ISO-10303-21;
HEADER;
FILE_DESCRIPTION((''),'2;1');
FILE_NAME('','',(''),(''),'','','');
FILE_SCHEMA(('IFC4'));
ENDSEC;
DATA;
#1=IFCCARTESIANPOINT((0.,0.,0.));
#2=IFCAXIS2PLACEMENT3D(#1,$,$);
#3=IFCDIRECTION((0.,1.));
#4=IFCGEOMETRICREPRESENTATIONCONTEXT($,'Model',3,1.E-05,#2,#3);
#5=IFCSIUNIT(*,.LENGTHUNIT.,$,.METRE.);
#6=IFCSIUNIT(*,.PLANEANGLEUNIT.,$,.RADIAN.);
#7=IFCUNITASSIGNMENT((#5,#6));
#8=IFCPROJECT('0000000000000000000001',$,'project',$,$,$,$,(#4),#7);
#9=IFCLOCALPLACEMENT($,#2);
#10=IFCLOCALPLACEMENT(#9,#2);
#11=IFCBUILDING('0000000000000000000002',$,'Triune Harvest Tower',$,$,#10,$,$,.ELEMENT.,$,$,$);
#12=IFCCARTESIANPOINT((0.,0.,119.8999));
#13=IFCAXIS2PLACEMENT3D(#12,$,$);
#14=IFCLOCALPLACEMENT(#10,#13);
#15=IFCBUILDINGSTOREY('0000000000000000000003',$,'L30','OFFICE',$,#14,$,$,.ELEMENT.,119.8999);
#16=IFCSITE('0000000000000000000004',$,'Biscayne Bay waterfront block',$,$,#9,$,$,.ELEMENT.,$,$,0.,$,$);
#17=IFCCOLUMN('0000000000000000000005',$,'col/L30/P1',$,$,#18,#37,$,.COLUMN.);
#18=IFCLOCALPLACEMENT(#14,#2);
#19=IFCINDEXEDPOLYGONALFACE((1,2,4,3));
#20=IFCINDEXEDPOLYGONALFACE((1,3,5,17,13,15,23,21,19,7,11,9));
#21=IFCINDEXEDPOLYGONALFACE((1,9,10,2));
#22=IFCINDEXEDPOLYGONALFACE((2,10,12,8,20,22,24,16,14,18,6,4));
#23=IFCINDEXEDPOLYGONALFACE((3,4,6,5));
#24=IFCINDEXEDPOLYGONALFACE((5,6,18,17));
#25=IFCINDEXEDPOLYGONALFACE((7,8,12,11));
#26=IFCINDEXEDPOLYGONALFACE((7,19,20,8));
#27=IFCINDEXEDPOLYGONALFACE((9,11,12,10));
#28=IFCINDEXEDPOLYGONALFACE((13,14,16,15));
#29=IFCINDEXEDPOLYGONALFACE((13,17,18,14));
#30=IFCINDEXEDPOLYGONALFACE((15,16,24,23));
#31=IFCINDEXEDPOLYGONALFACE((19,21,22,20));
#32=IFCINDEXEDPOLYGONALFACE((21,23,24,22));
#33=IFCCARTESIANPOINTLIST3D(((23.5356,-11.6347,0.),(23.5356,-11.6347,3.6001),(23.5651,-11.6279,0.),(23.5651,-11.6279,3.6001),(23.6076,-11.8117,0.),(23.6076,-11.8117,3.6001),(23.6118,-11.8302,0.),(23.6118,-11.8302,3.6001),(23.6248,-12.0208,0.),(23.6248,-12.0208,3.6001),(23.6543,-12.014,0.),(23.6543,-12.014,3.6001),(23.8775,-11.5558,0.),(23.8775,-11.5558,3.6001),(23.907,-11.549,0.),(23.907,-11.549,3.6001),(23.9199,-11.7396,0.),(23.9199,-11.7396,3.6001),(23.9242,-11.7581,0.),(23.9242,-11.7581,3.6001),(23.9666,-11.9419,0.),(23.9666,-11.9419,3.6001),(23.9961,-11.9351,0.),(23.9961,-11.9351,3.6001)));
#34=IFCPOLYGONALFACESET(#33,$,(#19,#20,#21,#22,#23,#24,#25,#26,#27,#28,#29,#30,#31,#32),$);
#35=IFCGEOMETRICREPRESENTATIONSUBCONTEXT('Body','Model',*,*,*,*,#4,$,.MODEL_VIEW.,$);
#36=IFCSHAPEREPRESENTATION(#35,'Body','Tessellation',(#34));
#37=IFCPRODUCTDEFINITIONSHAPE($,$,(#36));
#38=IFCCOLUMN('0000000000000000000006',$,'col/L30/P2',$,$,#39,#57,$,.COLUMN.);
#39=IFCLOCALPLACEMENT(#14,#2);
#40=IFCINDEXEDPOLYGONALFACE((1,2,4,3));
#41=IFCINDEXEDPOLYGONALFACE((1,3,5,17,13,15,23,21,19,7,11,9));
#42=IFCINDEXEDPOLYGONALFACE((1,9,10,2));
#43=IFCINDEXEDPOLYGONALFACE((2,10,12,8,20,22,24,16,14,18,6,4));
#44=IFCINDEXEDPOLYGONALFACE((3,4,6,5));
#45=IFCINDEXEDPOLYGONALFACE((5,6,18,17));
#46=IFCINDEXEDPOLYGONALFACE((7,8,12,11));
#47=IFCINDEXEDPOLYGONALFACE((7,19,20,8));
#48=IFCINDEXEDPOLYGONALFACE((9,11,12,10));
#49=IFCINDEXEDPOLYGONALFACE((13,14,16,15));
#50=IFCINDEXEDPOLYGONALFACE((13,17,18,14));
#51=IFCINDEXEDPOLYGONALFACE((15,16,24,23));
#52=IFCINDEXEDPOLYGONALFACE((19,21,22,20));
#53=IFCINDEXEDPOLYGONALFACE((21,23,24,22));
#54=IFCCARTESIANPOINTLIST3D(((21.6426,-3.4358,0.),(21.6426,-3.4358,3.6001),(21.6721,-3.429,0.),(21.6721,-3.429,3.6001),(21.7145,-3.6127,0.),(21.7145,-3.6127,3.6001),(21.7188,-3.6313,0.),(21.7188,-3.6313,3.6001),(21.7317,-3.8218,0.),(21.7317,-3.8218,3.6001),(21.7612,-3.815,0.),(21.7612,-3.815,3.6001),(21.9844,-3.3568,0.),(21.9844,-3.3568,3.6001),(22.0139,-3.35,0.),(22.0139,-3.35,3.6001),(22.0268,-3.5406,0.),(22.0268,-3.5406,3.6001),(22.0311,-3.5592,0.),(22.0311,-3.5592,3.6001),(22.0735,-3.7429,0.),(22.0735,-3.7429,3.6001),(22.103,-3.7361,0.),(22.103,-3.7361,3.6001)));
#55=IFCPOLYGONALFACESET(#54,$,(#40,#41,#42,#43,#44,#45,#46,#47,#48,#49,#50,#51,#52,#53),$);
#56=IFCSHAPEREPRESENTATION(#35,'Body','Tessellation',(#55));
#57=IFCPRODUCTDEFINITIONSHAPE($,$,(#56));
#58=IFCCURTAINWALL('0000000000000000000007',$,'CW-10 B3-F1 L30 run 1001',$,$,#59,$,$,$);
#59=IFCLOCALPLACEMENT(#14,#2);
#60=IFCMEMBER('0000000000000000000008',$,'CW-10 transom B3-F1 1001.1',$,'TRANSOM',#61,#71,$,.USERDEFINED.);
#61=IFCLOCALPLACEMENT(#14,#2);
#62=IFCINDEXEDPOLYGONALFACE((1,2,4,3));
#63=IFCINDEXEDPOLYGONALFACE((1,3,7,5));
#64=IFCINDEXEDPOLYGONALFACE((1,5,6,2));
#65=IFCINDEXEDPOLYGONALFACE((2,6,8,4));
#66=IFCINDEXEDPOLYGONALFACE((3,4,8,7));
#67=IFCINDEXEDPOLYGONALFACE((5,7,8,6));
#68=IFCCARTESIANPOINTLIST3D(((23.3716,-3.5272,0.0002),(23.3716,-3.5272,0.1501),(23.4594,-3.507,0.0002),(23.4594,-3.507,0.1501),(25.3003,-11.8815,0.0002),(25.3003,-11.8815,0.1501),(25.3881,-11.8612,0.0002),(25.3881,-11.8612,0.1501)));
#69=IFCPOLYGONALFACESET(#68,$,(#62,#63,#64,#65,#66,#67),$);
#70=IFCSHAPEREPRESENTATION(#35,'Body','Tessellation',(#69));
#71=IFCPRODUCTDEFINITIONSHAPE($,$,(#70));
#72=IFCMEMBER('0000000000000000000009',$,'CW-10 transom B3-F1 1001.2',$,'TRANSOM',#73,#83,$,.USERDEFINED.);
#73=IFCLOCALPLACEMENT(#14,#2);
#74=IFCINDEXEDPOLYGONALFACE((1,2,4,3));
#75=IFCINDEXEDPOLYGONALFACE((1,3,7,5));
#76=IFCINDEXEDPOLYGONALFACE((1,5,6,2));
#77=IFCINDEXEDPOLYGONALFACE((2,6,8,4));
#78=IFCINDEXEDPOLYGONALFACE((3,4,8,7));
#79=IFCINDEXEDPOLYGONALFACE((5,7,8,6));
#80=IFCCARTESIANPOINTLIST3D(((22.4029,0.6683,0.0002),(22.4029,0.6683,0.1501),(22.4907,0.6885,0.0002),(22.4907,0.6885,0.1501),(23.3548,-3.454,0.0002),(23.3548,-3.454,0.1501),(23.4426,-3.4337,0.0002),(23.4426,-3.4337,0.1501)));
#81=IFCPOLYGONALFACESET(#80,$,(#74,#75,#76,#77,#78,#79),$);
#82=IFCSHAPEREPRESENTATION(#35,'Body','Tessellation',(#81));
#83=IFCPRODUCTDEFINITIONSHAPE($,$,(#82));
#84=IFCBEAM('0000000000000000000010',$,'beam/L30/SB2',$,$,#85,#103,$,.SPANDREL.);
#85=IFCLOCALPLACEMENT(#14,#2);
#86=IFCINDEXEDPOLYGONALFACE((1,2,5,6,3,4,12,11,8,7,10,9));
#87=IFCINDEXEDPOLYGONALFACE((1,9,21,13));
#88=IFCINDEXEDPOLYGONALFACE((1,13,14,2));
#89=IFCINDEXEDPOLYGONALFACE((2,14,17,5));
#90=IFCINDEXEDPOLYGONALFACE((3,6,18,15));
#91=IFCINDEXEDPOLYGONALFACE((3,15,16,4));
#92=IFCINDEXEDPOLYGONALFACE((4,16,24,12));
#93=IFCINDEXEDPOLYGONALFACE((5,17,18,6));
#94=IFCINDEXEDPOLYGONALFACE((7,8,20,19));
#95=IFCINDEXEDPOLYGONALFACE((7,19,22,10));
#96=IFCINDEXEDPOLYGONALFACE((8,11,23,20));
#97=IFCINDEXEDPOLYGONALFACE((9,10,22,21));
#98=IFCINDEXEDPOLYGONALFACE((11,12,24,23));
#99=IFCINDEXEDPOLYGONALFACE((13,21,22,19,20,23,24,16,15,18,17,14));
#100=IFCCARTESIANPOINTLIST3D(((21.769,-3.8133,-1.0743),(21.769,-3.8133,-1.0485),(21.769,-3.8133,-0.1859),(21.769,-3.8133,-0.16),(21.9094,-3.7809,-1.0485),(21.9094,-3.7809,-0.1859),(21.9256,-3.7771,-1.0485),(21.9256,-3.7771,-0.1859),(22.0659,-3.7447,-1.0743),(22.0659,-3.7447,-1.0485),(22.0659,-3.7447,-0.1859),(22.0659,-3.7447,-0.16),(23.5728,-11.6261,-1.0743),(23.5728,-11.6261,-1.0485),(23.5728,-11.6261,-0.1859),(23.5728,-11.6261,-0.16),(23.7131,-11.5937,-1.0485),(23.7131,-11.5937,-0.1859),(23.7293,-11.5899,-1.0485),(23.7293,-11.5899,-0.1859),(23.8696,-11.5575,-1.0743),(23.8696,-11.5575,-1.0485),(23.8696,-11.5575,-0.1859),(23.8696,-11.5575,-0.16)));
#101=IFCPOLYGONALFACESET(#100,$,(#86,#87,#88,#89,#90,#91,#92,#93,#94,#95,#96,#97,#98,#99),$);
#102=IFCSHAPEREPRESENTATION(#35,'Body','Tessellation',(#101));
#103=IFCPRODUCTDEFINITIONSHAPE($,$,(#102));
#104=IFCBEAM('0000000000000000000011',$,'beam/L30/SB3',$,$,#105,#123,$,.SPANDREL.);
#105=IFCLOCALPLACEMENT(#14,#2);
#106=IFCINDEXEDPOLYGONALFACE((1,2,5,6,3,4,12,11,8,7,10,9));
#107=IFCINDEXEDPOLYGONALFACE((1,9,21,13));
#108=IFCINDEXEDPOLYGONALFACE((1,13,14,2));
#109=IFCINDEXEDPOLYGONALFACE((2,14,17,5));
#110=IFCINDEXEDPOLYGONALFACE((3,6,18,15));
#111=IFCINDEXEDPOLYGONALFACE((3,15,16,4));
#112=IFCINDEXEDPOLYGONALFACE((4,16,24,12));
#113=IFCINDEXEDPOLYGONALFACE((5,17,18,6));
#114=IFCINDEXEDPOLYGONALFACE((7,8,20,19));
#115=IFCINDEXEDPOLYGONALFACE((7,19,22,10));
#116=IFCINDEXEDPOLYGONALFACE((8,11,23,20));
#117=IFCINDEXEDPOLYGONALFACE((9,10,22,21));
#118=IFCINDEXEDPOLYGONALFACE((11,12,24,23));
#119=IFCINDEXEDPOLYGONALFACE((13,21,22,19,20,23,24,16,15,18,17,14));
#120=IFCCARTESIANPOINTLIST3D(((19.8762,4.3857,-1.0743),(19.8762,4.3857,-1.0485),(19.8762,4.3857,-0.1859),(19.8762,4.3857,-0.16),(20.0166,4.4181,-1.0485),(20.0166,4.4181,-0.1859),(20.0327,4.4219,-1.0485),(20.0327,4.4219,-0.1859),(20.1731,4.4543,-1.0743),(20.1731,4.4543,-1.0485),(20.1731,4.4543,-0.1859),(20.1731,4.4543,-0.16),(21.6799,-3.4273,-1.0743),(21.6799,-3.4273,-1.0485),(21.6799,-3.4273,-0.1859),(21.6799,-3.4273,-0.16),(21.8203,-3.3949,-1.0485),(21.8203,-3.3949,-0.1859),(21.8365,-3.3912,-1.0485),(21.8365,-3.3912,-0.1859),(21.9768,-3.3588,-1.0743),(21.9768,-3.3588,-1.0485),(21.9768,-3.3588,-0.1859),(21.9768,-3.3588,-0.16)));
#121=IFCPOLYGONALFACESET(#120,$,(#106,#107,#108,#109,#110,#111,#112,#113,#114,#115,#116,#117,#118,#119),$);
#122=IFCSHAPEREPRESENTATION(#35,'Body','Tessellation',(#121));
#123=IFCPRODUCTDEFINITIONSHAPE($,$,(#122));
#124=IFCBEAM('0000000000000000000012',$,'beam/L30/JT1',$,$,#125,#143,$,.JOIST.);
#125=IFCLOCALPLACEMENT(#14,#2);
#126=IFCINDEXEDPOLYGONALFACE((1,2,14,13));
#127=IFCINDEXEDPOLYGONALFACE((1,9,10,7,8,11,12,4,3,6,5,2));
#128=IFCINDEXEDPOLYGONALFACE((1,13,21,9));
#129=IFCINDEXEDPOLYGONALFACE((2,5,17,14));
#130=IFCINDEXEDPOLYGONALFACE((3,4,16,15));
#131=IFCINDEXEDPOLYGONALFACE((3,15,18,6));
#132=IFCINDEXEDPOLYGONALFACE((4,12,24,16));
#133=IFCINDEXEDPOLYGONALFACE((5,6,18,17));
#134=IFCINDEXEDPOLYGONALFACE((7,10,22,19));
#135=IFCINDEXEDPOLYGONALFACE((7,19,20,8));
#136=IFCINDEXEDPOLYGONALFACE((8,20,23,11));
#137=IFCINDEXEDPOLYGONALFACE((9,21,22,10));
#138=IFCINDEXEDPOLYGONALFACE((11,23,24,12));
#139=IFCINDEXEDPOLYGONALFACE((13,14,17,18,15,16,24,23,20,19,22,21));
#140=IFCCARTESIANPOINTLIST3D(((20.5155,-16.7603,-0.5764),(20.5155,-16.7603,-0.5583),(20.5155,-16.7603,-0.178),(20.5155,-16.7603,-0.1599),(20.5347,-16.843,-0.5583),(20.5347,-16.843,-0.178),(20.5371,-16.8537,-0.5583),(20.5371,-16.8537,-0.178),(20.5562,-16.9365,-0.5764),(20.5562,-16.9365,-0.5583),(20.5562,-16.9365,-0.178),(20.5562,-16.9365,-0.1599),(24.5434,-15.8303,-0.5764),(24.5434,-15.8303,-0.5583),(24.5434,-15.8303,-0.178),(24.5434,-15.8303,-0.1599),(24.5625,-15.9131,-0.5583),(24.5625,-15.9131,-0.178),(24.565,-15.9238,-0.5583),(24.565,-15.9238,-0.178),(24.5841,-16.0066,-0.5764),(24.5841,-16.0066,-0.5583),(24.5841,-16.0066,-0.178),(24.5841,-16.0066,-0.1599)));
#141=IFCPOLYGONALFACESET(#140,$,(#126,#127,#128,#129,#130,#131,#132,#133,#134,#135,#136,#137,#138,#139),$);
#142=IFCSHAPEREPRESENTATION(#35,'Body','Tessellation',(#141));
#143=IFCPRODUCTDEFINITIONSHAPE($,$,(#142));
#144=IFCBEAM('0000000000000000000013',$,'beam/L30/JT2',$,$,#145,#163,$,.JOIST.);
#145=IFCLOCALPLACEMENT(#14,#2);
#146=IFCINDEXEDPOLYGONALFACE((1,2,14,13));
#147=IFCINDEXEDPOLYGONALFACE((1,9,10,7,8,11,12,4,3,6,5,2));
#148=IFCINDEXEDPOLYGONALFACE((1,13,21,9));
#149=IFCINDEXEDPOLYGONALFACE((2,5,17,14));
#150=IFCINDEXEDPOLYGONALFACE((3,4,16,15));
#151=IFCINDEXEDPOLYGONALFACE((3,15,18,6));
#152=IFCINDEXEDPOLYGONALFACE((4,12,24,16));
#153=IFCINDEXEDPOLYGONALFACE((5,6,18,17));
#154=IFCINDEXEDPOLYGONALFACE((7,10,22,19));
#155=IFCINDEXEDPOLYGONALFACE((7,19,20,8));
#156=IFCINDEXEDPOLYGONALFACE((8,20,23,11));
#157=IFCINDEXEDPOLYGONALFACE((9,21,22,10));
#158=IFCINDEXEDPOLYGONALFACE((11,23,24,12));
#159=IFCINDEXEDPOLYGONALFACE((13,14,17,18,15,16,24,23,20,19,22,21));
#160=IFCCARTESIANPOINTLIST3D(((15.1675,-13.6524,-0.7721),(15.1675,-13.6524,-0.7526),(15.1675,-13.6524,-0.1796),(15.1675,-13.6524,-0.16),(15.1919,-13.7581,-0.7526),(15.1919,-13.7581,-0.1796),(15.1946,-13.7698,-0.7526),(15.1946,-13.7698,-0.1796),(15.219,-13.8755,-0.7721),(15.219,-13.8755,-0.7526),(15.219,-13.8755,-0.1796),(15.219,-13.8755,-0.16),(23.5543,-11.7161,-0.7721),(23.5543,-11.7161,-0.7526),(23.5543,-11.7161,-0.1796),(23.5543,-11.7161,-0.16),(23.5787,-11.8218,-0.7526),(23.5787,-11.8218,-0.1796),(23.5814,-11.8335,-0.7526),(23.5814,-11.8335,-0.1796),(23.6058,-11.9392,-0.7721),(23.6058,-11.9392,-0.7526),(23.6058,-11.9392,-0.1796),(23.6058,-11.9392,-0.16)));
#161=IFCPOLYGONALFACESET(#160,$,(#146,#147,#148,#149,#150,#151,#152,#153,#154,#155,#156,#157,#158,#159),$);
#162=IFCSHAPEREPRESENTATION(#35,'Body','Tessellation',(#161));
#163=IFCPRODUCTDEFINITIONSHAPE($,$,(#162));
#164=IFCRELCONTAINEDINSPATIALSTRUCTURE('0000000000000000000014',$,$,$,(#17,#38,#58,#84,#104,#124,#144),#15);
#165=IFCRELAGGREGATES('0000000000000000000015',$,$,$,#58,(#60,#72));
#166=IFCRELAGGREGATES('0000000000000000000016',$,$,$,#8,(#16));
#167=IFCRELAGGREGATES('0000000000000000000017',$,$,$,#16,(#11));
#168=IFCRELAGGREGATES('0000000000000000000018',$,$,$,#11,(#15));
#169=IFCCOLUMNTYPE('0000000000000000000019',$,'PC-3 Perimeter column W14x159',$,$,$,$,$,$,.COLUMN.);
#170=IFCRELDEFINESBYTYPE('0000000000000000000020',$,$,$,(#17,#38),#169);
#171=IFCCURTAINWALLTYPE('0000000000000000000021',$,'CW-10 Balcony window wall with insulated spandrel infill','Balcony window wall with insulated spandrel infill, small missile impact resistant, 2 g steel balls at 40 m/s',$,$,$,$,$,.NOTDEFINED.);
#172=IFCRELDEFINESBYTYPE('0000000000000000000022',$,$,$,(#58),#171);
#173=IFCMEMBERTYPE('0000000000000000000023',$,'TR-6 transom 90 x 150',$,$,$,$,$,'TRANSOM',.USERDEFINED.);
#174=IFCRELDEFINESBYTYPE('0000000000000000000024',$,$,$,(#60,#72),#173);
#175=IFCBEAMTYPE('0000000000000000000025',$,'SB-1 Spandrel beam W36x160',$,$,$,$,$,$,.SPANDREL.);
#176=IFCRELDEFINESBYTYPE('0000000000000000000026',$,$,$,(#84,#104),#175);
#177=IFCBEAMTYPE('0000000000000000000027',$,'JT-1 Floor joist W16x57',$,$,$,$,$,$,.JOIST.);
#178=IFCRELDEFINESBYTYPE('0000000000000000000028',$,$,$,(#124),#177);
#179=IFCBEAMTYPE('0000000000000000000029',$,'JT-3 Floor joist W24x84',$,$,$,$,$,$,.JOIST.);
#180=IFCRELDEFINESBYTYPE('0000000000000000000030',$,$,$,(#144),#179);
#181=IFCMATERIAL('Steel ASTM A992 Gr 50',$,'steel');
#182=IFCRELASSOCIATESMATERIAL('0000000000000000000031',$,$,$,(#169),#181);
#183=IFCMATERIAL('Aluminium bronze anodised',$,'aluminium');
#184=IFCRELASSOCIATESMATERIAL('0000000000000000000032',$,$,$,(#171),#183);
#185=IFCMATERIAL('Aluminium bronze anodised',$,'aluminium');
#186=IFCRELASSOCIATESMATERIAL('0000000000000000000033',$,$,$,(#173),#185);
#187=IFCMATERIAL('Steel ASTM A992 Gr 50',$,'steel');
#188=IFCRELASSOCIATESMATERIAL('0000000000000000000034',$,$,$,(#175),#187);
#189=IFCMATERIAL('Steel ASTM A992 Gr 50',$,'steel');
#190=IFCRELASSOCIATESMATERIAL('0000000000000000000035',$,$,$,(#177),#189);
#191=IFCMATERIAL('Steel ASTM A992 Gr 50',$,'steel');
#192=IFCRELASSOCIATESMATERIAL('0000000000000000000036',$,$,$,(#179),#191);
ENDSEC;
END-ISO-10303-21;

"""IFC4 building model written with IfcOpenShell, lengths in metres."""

from ifc_helpers import new_model, si_unit, direction, frame, origin, origin_2d, place, context, subcontext, project, spatial, rectangle, i_section, extrude, source, transform, mapped, material, material_profile, profile_set, type_object, element, aggregate, save


model = new_model("IFC4")

# Units and contexts
model_context = context("Model", 3, precision=1e-05, world=origin(), true_north=direction((0.0, 1.0)))
body_context = subcontext(model_context, "Body", "Model", "MODEL_VIEW")
ifc_project = project(units=[si_unit("LENGTHUNIT", "METRE"), si_unit("PLANEANGLEUNIT", "RADIAN")], contexts=[model_context])

# Site, building, storey
site_placement = place(None, origin())
site = spatial("IfcSite", under=ifc_project, at=site_placement, Name="Biscayne Bay waterfront block", CompositionType="ELEMENT", RefElevation=0.0)
building_placement = place(site_placement, origin())
building = spatial("IfcBuilding", under=site, at=building_placement, Name="Triune Harvest Tower", CompositionType="ELEMENT")
storey_placement = place(building_placement, frame((0.0, 0.0, 119.8999)))
storey = spatial("IfcBuildingStorey", under=building, at=storey_placement, Name="L30", Description="OFFICE", CompositionType="ELEMENT", Elevation=119.8999)

# Columns
ifc_material_1 = material(Name="Steel ASTM A992 Gr 50", Category="steel")
ifc_material_profile_1 = material_profile(ifc_material_1, i_section(OverallWidth=0.3962, OverallDepth=0.3811, WebThickness=0.019, FlangeThickness=0.0303, at=origin_2d()), Name="W14x159")
ifc_profile_set_1 = profile_set([ifc_material_profile_1], Name="Steel ASTM A992 Gr 50")
column_type = type_object("IfcColumnType", Name="PC-3 Perimeter column W14x159", PredefinedType="COLUMN", material=ifc_profile_set_1)
shared_shape_1 = source(origin(), body_context, "Body", "SweptSolid", [
    extrude(i_section(OverallWidth=0.3962, OverallDepth=0.3811, WebThickness=0.019, FlangeThickness=0.0303, at=origin_2d()), origin(), (0.0, 0.0, 1.0), 3.6001),
])
for number, where, z_axis, x_axis, name in (
    (1, (23.7659, -11.7849, 0.0), (0.0, 0.0, 1.0), (-0.224953, 0.97437, 0.0), "col/L30/P1"),
    (2, (21.8728, -3.5859, 0.0), (0.0, 0.0, 1.0), (-0.224953, 0.97437, 0.0), "col/L30/P2"),
):
    element("IfcColumn", number, at=place(storey_placement, frame(where, z_axis=z_axis, x_axis=x_axis)), inside=storey, type_object=column_type, Name=name, PredefinedType="COLUMN", context=body_context, shape_type="MappedRepresentation", body=[
        mapped(shared_shape_1, transform((0.0, 0.0, 0.0), scale=1.0)),
    ])

# Curtain wall, members
ifc_material_2 = material(Name="Aluminium bronze anodised", Category="aluminium")
curtain_wall_type_1 = type_object("IfcCurtainWallType", Name="CW-10 Balcony window wall with insulated spandrel infill", Description="Balcony window wall with insulated spandrel infill, small missile impact resistant, 2 g steel balls at 40 m/s", PredefinedType="NOTDEFINED", material=ifc_material_2)
curtain_wall_1_placement = place(storey_placement, origin())
curtain_wall_1 = element("IfcCurtainWall", 3, at=curtain_wall_1_placement, inside=storey, type_object=curtain_wall_type_1, Name="CW-10 B3-F1 L30 run 1001")
ifc_material_3 = material(Name="Aluminium bronze anodised", Category="aluminium")
ifc_material_profile_2 = material_profile(ifc_material_3, rectangle(XDim=0.0901, YDim=0.1499, at=origin_2d()), Name="TR-6 transom 90 x 150")
ifc_profile_set_2 = profile_set([ifc_material_profile_2], Name="Aluminium bronze anodised")
member_type_1 = type_object("IfcMemberType", Name="TR-6 transom 90 x 150", ElementType="TRANSOM", PredefinedType="USERDEFINED", material=ifc_profile_set_2)
member_1_placement = place(storey_placement, frame((25.3442, -11.8713, 0.0752), z_axis=(-0.224949, 0.974371, 0.0), x_axis=(-0.974371, -0.224949, 0.0)))
member_1 = element("IfcMember", 4, at=member_1_placement, type_object=member_type_1, Name="CW-10 transom B3-F1 1001.1", ObjectType="TRANSOM", PredefinedType="USERDEFINED", context=body_context, shape_type="SweptSolid", body=[
    extrude(rectangle(XDim=0.0901, YDim=0.1499, at=origin_2d()), origin(), (0.0, 0.0, 1.0), 8.574),
])
member_2_placement = place(storey_placement, frame((23.3987, -3.4438, 0.0752), z_axis=(-0.224994, 0.97436, 0.0), x_axis=(-0.97436, -0.224994, 0.0)))
member_2 = element("IfcMember", 5, at=member_2_placement, type_object=member_type_1, Name="CW-10 transom B3-F1 1001.2", ObjectType="TRANSOM", PredefinedType="USERDEFINED", context=body_context, shape_type="SweptSolid", body=[
    extrude(rectangle(XDim=0.0901, YDim=0.1499, at=origin_2d()), origin(), (0.0, 0.0, 1.0), 4.2307),
])

# Beams
ifc_material_4 = material(Name="Steel ASTM A992 Gr 50", Category="steel")
ifc_material_profile_3 = material_profile(ifc_material_4, i_section(OverallWidth=0.3047, OverallDepth=0.9143, WebThickness=0.0166, FlangeThickness=0.0259, at=origin_2d()), Name="W36x160")
ifc_profile_set_3 = profile_set([ifc_material_profile_3], Name="Steel ASTM A992 Gr 50")
beam_type_1 = type_object("IfcBeamType", Name="SB-1 Spandrel beam W36x160", PredefinedType="SPANDREL", material=ifc_profile_set_3)
shared_shape_2 = source(origin(), body_context, "Body", "SweptSolid", [
    extrude(i_section(OverallWidth=0.3047, OverallDepth=0.9143, WebThickness=0.0166, FlangeThickness=0.0259, at=origin_2d()), origin(), (0.0, 0.0, 1.0), 8.0183),
])
beam_1_placement = place(storey_placement, frame((23.7212, -11.5918, -0.6172), z_axis=(-0.224951, 0.97437, 0.0), x_axis=(-0.97437, -0.224951, 0.0)))
element("IfcBeam", 6, at=beam_1_placement, inside=storey, type_object=beam_type_1, Name="beam/L30/SB2", PredefinedType="SPANDREL", context=body_context, shape_type="MappedRepresentation", body=[
    mapped(shared_shape_2, transform((0.0, 0.0, 0.0), scale=1.0)),
])
shared_shape_3 = source(origin(), body_context, "Body", "SweptSolid", [
    extrude(i_section(OverallWidth=0.3047, OverallDepth=0.9143, WebThickness=0.0166, FlangeThickness=0.0259, at=origin_2d()), origin(), (0.0, 0.0, 1.0), 8.0186),
])
beam_2_placement = place(storey_placement, frame((21.8284, -3.3931, -0.6172), z_axis=(-0.224944, 0.974372, 0.0), x_axis=(-0.974372, -0.224944, 0.0)))
element("IfcBeam", 7, at=beam_2_placement, inside=storey, type_object=beam_type_1, Name="beam/L30/SB3", PredefinedType="SPANDREL", context=body_context, shape_type="MappedRepresentation", body=[
    mapped(shared_shape_3, transform((0.0, 0.0, 0.0), scale=1.0)),
])
ifc_material_5 = material(Name="Steel ASTM A992 Gr 50", Category="steel")
ifc_material_profile_4 = material_profile(ifc_material_5, i_section(OverallWidth=0.1809, OverallDepth=0.4165, WebThickness=0.011, FlangeThickness=0.0181, at=origin_2d()), Name="W16x57")
ifc_profile_set_4 = profile_set([ifc_material_profile_4], Name="Steel ASTM A992 Gr 50")
beam_type_2 = type_object("IfcBeamType", Name="JT-1 Floor joist W16x57", PredefinedType="JOIST", material=ifc_profile_set_4)
shared_shape_4 = source(origin(), body_context, "Body", "SweptSolid", [
    extrude(i_section(OverallWidth=0.1809, OverallDepth=0.4165, WebThickness=0.011, FlangeThickness=0.0181, at=origin_2d()), origin(), (0.0, 0.0, 1.0), 4.1338),
])
beam_3_placement = place(storey_placement, frame((24.5637, -15.9185, -0.3682), z_axis=(-0.974368, -0.224959, 0.0), x_axis=(0.224959, -0.974368, 0.0)))
element("IfcBeam", 8, at=beam_3_placement, inside=storey, type_object=beam_type_2, Name="beam/L30/JT1", PredefinedType="JOIST", context=body_context, shape_type="MappedRepresentation", body=[
    mapped(shared_shape_4, transform((0.0, 0.0, 0.0), scale=1.0)),
])
ifc_material_6 = material(Name="Steel ASTM A992 Gr 50", Category="steel")
ifc_material_profile_5 = material_profile(ifc_material_6, i_section(OverallWidth=0.229, OverallDepth=0.6121, WebThickness=0.012, FlangeThickness=0.0195, at=origin_2d()), Name="W24x84")
ifc_profile_set_5 = profile_set([ifc_material_profile_5], Name="Steel ASTM A992 Gr 50")
beam_type_3 = type_object("IfcBeamType", Name="JT-3 Floor joist W24x84", PredefinedType="JOIST", material=ifc_profile_set_5)
shared_shape_5 = source(origin(), body_context, "Body", "SweptSolid", [
    extrude(i_section(OverallWidth=0.229, OverallDepth=0.6121, WebThickness=0.012, FlangeThickness=0.0195, at=origin_2d()), origin(), (0.0, 0.0, 1.0), 8.6074),
])
beam_4_placement = place(storey_placement, frame((23.5801, -11.8276, -0.4661), z_axis=(-0.974369, -0.224957, 0.0), x_axis=(0.224957, -0.974369, 0.0)))
element("IfcBeam", 9, at=beam_4_placement, inside=storey, type_object=beam_type_3, Name="beam/L30/JT2", PredefinedType="JOIST", context=body_context, shape_type="MappedRepresentation", body=[
    mapped(shared_shape_5, transform((0.0, 0.0, 0.0), scale=1.0)),
])

aggregate(curtain_wall_1, [member_1, member_2])

save(model, "model.ifc")
